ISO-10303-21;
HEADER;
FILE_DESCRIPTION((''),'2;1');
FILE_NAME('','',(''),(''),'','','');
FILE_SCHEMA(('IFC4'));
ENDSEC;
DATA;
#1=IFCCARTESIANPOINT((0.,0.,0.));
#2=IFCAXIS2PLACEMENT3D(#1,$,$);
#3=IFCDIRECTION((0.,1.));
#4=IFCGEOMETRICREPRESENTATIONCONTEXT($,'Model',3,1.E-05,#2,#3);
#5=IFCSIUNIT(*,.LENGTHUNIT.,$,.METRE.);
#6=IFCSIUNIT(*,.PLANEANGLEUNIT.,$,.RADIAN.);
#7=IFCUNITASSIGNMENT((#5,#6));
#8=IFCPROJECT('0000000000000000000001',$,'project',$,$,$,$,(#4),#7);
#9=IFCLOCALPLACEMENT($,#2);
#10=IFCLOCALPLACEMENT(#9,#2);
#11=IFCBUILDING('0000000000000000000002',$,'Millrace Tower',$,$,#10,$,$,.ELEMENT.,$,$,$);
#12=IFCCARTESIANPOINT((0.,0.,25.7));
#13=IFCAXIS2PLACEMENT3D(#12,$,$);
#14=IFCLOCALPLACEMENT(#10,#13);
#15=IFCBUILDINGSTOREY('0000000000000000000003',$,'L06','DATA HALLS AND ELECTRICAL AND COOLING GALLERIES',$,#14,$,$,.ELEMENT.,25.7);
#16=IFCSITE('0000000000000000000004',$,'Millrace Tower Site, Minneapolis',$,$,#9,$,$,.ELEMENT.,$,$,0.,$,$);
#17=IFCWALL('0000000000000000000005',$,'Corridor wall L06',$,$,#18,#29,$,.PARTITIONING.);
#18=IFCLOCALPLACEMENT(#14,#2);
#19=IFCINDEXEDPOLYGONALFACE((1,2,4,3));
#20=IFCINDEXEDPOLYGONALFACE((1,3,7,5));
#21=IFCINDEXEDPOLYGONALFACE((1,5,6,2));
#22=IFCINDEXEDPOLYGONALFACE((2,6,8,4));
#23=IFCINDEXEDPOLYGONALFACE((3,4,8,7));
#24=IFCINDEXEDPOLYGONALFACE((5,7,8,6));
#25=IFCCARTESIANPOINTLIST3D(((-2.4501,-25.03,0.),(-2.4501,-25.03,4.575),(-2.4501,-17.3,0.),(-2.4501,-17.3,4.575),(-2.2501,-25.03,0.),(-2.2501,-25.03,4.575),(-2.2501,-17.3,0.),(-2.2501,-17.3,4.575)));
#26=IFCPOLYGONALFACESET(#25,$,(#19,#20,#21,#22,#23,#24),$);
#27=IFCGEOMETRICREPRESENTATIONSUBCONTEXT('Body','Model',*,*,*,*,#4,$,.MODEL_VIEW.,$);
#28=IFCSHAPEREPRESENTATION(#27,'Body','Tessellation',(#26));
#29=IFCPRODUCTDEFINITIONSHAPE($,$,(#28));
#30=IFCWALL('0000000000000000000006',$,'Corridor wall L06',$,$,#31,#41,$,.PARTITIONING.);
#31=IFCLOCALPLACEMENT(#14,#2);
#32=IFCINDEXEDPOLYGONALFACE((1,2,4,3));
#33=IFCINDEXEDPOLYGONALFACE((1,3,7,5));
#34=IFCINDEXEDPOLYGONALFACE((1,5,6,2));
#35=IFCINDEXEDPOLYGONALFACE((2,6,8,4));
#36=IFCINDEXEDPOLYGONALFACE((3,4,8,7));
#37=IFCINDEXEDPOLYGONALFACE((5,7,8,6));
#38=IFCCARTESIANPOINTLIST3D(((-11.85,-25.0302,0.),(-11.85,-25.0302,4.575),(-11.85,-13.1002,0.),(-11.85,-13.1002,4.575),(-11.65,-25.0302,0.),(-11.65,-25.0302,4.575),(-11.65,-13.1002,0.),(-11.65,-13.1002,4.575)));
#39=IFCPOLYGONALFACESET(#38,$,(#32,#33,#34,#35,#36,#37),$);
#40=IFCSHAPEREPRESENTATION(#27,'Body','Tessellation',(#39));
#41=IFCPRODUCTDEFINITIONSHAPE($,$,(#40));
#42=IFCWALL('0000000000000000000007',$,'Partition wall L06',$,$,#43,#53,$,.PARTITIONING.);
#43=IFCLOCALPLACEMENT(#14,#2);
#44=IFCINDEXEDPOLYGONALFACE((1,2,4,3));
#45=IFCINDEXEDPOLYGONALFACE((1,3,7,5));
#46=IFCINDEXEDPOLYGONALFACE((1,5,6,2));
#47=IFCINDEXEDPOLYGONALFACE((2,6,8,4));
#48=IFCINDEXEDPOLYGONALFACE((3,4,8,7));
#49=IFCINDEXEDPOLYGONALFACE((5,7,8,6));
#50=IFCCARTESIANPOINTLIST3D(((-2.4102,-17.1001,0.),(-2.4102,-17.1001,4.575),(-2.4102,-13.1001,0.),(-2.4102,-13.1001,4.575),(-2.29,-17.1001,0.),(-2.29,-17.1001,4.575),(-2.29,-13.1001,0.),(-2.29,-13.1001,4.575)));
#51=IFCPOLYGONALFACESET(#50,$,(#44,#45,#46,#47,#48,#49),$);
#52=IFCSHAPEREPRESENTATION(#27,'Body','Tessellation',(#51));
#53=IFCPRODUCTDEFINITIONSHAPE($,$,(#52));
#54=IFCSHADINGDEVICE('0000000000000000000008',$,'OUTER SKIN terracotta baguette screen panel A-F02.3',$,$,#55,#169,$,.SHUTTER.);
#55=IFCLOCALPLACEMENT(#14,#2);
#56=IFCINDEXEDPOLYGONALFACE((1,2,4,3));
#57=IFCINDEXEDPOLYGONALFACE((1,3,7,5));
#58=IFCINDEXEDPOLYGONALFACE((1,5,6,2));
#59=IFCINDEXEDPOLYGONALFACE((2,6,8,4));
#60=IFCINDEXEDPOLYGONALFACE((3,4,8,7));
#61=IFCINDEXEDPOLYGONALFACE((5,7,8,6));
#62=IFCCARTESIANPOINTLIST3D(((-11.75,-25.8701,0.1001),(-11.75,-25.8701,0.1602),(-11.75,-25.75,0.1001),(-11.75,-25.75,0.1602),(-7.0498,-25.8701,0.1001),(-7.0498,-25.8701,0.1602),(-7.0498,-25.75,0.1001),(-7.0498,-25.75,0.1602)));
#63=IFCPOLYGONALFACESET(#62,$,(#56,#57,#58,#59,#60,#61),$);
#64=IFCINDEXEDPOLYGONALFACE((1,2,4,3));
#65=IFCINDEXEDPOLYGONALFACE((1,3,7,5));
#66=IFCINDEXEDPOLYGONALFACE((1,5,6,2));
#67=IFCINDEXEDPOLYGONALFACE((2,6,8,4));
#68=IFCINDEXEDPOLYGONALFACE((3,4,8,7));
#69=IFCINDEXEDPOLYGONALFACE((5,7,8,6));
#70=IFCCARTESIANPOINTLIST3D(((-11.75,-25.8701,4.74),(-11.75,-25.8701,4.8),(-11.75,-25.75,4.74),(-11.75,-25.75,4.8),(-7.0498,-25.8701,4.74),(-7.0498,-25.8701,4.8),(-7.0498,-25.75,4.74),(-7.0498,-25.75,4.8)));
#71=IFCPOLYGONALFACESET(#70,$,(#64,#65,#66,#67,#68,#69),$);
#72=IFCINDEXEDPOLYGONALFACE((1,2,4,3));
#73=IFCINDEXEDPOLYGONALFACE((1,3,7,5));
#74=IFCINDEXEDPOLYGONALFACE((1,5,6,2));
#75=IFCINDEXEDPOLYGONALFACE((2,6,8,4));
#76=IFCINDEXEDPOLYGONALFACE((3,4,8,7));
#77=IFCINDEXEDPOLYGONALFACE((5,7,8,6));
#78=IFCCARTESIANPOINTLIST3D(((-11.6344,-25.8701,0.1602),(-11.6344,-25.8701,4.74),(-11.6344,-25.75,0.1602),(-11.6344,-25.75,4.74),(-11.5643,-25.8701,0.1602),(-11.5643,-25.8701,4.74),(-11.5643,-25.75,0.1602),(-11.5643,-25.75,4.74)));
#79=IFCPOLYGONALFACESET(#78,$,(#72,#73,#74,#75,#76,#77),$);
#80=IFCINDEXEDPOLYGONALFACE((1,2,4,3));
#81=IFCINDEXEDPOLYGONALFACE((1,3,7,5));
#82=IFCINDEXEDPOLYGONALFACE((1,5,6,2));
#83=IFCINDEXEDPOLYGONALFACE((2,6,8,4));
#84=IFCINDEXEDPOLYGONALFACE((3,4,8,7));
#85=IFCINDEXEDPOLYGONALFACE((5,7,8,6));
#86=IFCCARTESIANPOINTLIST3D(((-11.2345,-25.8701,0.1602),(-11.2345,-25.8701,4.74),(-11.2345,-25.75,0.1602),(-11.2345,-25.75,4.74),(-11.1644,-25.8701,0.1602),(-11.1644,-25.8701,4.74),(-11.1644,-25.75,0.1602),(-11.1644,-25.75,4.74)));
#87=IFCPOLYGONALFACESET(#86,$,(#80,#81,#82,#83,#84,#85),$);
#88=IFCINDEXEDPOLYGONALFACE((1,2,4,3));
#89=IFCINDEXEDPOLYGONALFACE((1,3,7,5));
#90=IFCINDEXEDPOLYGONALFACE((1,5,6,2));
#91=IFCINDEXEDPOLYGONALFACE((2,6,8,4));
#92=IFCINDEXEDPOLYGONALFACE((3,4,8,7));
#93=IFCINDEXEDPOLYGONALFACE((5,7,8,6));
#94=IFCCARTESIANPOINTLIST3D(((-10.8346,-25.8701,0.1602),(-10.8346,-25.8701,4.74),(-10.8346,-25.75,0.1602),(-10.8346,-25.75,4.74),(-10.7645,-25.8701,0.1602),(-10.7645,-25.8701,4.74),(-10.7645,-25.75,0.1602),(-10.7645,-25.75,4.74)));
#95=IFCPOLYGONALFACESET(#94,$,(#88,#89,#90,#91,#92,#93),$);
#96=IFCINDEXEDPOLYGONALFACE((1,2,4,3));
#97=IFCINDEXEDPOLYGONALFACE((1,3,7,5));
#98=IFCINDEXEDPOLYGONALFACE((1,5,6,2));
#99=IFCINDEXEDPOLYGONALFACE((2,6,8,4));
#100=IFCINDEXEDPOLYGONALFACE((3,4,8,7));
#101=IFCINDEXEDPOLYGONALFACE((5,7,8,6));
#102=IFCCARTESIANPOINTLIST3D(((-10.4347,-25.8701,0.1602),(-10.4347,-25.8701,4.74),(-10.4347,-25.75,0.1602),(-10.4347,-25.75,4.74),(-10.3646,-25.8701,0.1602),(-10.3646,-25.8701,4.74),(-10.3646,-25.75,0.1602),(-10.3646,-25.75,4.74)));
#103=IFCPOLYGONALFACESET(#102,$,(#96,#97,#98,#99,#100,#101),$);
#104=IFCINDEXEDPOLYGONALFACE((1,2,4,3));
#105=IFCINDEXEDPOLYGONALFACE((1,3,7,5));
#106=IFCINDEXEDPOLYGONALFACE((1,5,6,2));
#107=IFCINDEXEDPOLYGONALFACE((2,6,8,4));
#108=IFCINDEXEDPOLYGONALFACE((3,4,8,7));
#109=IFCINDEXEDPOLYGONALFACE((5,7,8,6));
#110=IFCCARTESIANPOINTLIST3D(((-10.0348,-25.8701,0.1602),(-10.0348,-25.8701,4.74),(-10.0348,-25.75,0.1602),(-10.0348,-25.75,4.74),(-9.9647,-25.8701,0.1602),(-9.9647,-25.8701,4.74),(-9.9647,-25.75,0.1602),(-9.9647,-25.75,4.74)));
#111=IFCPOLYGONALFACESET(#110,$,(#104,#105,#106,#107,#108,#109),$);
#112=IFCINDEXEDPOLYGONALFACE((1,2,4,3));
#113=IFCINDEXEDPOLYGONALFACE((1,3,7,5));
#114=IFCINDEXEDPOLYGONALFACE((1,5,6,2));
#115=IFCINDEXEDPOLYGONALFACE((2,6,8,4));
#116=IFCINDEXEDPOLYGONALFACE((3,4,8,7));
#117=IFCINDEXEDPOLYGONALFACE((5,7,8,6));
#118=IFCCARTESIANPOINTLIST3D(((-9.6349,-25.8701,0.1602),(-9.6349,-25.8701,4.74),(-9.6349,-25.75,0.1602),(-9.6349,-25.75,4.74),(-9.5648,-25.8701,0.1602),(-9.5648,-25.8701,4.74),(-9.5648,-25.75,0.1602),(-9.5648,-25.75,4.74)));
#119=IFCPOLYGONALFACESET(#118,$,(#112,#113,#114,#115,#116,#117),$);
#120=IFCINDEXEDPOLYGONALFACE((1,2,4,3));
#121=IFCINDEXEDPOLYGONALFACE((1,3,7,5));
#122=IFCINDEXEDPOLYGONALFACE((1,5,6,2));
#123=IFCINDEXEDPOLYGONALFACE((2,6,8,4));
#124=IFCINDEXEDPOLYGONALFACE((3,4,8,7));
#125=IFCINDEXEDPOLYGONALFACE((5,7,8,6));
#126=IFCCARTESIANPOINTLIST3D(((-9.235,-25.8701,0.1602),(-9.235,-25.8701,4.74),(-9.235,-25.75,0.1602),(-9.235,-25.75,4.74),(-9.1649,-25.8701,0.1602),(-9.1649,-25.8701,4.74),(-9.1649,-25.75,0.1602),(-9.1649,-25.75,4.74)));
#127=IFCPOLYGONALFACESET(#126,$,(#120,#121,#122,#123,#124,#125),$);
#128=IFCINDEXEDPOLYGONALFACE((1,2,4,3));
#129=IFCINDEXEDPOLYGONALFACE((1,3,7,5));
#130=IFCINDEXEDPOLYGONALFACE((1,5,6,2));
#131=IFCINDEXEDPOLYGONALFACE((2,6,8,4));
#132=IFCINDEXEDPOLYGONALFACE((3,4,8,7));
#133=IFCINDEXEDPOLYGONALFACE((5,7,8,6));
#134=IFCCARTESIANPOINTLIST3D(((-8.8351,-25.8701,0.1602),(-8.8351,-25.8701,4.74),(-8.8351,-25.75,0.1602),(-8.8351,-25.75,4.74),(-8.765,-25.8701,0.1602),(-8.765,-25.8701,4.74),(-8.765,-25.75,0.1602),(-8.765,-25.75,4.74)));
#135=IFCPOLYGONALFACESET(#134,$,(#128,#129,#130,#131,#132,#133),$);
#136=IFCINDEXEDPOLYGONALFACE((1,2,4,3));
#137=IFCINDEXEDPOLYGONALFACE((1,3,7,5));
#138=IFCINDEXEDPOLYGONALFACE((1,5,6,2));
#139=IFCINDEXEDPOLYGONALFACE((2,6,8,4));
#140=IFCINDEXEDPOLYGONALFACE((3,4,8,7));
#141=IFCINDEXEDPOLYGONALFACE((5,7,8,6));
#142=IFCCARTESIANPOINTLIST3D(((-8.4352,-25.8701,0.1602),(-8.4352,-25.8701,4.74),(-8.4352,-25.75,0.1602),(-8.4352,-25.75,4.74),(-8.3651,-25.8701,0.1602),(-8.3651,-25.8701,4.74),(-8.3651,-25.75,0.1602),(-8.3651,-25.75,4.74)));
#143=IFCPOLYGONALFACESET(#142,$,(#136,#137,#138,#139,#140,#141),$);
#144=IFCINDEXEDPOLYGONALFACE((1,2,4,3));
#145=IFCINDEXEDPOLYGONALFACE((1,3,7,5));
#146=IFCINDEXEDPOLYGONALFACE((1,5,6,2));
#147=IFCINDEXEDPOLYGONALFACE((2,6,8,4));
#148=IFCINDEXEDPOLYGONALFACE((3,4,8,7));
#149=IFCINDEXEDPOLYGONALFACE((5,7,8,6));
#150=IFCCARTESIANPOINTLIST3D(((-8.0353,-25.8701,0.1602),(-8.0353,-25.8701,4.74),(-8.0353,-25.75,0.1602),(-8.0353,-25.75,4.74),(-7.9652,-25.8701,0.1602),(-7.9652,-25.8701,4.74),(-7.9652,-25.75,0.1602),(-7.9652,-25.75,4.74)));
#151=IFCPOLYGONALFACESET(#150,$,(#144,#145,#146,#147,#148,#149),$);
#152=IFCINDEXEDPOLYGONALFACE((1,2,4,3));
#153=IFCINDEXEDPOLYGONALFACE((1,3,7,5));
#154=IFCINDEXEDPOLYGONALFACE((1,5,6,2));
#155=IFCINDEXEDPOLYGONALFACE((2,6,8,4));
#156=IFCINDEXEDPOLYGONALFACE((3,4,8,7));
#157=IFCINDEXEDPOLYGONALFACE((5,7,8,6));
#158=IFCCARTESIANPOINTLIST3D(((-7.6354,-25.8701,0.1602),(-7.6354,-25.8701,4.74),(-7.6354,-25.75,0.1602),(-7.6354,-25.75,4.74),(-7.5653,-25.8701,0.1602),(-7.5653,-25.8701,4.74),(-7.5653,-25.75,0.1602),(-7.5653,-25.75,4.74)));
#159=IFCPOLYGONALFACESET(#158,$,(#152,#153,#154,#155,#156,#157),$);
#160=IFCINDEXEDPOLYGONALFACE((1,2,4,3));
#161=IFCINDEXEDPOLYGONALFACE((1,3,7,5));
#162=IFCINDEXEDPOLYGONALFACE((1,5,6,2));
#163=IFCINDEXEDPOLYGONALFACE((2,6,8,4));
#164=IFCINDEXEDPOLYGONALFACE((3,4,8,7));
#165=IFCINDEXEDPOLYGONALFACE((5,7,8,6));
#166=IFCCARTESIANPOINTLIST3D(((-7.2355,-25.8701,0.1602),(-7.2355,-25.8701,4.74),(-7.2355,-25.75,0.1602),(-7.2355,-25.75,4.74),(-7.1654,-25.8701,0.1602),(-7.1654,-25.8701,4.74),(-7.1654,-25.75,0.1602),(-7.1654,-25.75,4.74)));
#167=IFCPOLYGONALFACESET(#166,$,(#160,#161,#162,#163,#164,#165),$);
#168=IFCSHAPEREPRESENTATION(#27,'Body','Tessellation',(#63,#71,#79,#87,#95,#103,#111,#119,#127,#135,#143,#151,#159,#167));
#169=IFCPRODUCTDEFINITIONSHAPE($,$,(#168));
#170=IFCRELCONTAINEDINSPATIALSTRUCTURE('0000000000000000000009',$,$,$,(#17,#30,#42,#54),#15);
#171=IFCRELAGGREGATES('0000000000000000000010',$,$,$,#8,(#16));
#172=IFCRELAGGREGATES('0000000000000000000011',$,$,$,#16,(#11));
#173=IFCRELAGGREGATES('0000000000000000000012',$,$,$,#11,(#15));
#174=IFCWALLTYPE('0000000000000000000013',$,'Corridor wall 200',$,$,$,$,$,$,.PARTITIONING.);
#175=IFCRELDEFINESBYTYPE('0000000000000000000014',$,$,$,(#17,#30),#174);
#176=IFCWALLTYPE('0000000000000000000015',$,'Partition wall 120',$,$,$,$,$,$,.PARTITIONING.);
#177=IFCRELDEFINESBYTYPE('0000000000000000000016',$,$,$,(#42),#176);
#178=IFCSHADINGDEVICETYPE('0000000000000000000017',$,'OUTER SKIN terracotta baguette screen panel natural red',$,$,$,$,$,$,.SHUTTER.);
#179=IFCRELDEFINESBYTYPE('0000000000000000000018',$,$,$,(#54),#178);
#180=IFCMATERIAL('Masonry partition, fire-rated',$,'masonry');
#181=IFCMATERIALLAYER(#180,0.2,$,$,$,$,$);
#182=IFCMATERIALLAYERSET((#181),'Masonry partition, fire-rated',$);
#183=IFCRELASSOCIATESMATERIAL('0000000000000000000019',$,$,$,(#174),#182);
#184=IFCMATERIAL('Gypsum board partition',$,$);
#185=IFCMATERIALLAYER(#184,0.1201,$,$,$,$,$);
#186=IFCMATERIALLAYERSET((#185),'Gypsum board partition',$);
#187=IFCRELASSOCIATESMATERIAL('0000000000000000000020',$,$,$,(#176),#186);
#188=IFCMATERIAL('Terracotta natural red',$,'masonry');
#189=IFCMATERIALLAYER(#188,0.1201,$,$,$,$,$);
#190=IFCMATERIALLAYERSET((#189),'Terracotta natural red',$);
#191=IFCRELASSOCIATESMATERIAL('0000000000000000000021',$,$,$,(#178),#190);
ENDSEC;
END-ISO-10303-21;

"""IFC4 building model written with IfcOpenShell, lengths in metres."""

from ifc_helpers import new_model, entity, si_unit, direction, frame, frame_2d, origin, place, context, subcontext, project, spatial, rectangle, extrude, source, transform, mapped, material, layer, layer_set, type_object, element, save


model = new_model("IFC4")

# Units and contexts
model_context = context("Model", 3, precision=1e-05, world=origin(), true_north=direction((0.0, 1.0)))
body_context = subcontext(model_context, "Body", "Model", "MODEL_VIEW")
ifc_project = project(units=[si_unit("LENGTHUNIT", "METRE"), si_unit("PLANEANGLEUNIT", "RADIAN")], contexts=[model_context])

# Site, building, storey
site_placement = place(None, origin())
site = spatial("IfcSite", under=ifc_project, at=site_placement, Name="Millrace Tower Site, Minneapolis", CompositionType="ELEMENT", RefElevation=0.0)
building_placement = place(site_placement, origin())
building = spatial("IfcBuilding", under=site, at=building_placement, Name="Millrace Tower", CompositionType="ELEMENT")
storey_placement = place(building_placement, frame((0.0, 0.0, 25.7)))
storey = spatial("IfcBuildingStorey", under=building, at=storey_placement, Name="L06", Description="DATA HALLS AND ELECTRICAL AND COOLING GALLERIES", CompositionType="ELEMENT", Elevation=25.7)

# Walls
ifc_material_1 = material(Name="Masonry partition, fire-rated", Category="masonry")
ifc_layer_1 = layer(ifc_material_1, 0.2)
ifc_layer_set_1 = layer_set([ifc_layer_1], Name="Masonry partition, fire-rated")
wall_type_1 = type_object("IfcWallType", Name="Corridor wall 200", PredefinedType="PARTITIONING", material=ifc_layer_set_1)
wall_1_placement = place(storey_placement, frame((-2.3501, -25.03, 0.0), z_axis=(0.0, 0.0, 1.0), x_axis=(0.0, 1.0, 0.0)))
element("IfcWall", 1, at=wall_1_placement, inside=storey, type_object=wall_type_1, Name="Corridor wall L06", PredefinedType="PARTITIONING", context=body_context, shape_type="SweptSolid", body=[
    extrude(rectangle(XDim=7.73, YDim=0.2, at=frame_2d((3.865, 0.0))), origin(), (0.0, 0.0, 1.0), 4.575),
])
wall_2_placement = place(storey_placement, frame((-11.75, -25.03, 0.0), z_axis=(0.0, 0.0, 1.0), x_axis=(0.0, 1.0, 0.0)))
element("IfcWall", 2, at=wall_2_placement, inside=storey, type_object=wall_type_1, Name="Corridor wall L06", PredefinedType="PARTITIONING", context=body_context, shape_type="SweptSolid", body=[
    extrude(rectangle(XDim=11.9299, YDim=0.2, at=frame_2d((5.9648, 0.0))), origin(), (0.0, 0.0, 1.0), 4.575),
])
ifc_material_2 = material(Name="Gypsum board partition")
ifc_layer_2 = layer(ifc_material_2, 0.1201)
ifc_layer_set_2 = layer_set([ifc_layer_2], Name="Gypsum board partition")
wall_type_2 = type_object("IfcWallType", Name="Partition wall 120", PredefinedType="PARTITIONING", material=ifc_layer_set_2)
wall_3_placement = place(storey_placement, frame((-2.3501, -17.1001, 0.0), z_axis=(0.0, 0.0, 1.0), x_axis=(0.0, 1.0, 0.0)))
element("IfcWall", 3, at=wall_3_placement, inside=storey, type_object=wall_type_2, Name="Partition wall L06", PredefinedType="PARTITIONING", context=body_context, shape_type="SweptSolid", body=[
    extrude(rectangle(XDim=4.0, YDim=0.1201, at=frame_2d((2.0, 0.0))), origin(), (0.0, 0.0, 1.0), 4.575),
])

# Shading device
cartesian_point = entity("IfcCartesianPoint", [-2.3501, 0.0601])
shared_polyline = entity("IfcPolyline", [cartesian_point, entity("IfcCartesianPoint", [2.3501, 0.0601]), entity("IfcCartesianPoint", [2.3501, -0.0601]), entity("IfcCartesianPoint", [-2.3501, -0.0601]), cartesian_point])
ifc_material_3 = material(Name="Terracotta natural red", Category="masonry")
ifc_layer_3 = layer(ifc_material_3, 0.1201)
ifc_layer_set_3 = layer_set([ifc_layer_3], Name="Terracotta natural red")
shading_device_type_1 = type_object("IfcShadingDeviceType", Name="OUTER SKIN terracotta baguette screen panel natural red", PredefinedType="SHUTTER", material=ifc_layer_set_3)
shared_shape_1 = source(origin(), body_context, "Body", "SweptSolid", [
    entity("IfcExtrudedAreaSolid", entity("IfcArbitraryClosedProfileDef", "AREA", None, shared_polyline), entity("IfcAxis2Placement3D", entity("IfcCartesianPoint", [0.0, 0.0, 0.0])), entity("IfcDirection", [0.0, 0.0, 1.0]), 0.0601),
    entity("IfcExtrudedAreaSolid", entity("IfcArbitraryClosedProfileDef", "AREA", None, shared_polyline), entity("IfcAxis2Placement3D", entity("IfcCartesianPoint", [0.0, 0.0, 4.6399])), entity("IfcDirection", [0.0, 0.0, 1.0]), 0.0601),
    extrude(rectangle(XDim=0.0701, YDim=0.1201, at=frame_2d((-2.1995, 0.0))), frame((0.0, 0.0, 0.0601)), (0.0, 0.0, 1.0), 4.5798),
    extrude(rectangle(XDim=0.0701, YDim=0.1201, at=frame_2d((-1.7996, 0.0))), frame((0.0, 0.0, 0.0601)), (0.0, 0.0, 1.0), 4.5798),
    extrude(rectangle(XDim=0.0701, YDim=0.1201, at=frame_2d((-1.3997, 0.0))), frame((0.0, 0.0, 0.0601)), (0.0, 0.0, 1.0), 4.5798),
    extrude(rectangle(XDim=0.0701, YDim=0.1201, at=frame_2d((-0.9998, 0.0))), frame((0.0, 0.0, 0.0601)), (0.0, 0.0, 1.0), 4.5798),
    extrude(rectangle(XDim=0.0701, YDim=0.1201, at=frame_2d((-0.5999, 0.0))), frame((0.0, 0.0, 0.0601)), (0.0, 0.0, 1.0), 4.5798),
    extrude(rectangle(XDim=0.0701, YDim=0.1201, at=frame_2d((-0.2, 0.0))), frame((0.0, 0.0, 0.0601)), (0.0, 0.0, 1.0), 4.5798),
    extrude(rectangle(XDim=0.0701, YDim=0.1201, at=frame_2d((0.2, 0.0))), frame((0.0, 0.0, 0.0601)), (0.0, 0.0, 1.0), 4.5798),
    extrude(rectangle(XDim=0.0701, YDim=0.1201, at=frame_2d((0.5999, 0.0))), frame((0.0, 0.0, 0.0601)), (0.0, 0.0, 1.0), 4.5798),
    extrude(rectangle(XDim=0.0701, YDim=0.1201, at=frame_2d((0.9998, 0.0))), frame((0.0, 0.0, 0.0601)), (0.0, 0.0, 1.0), 4.5798),
    extrude(rectangle(XDim=0.0701, YDim=0.1201, at=frame_2d((1.3997, 0.0))), frame((0.0, 0.0, 0.0601)), (0.0, 0.0, 1.0), 4.5798),
    extrude(rectangle(XDim=0.0701, YDim=0.1201, at=frame_2d((1.7996, 0.0))), frame((0.0, 0.0, 0.0601)), (0.0, 0.0, 1.0), 4.5798),
    extrude(rectangle(XDim=0.0701, YDim=0.1201, at=frame_2d((2.1995, 0.0))), frame((0.0, 0.0, 0.0601)), (0.0, 0.0, 1.0), 4.5798),
])
for number, where, z_axis, x_axis, name in (
    (4, (-9.3999, -25.8101, 0.1001), (0.0, 0.0, 1.0), (1.0, 0.0, 0.0), "OUTER SKIN terracotta baguette screen panel A-F02.3"),
):
    element("IfcShadingDevice", number, at=place(storey_placement, frame(where, z_axis=z_axis, x_axis=x_axis)), inside=storey, type_object=shading_device_type_1, Name=name, PredefinedType="SHUTTER", context=body_context, shape_type="MappedRepresentation", body=[
        mapped(shared_shape_1, transform((0.0, 0.0, 0.0), scale=1.0)),
    ])

save(model, "model.ifc")
